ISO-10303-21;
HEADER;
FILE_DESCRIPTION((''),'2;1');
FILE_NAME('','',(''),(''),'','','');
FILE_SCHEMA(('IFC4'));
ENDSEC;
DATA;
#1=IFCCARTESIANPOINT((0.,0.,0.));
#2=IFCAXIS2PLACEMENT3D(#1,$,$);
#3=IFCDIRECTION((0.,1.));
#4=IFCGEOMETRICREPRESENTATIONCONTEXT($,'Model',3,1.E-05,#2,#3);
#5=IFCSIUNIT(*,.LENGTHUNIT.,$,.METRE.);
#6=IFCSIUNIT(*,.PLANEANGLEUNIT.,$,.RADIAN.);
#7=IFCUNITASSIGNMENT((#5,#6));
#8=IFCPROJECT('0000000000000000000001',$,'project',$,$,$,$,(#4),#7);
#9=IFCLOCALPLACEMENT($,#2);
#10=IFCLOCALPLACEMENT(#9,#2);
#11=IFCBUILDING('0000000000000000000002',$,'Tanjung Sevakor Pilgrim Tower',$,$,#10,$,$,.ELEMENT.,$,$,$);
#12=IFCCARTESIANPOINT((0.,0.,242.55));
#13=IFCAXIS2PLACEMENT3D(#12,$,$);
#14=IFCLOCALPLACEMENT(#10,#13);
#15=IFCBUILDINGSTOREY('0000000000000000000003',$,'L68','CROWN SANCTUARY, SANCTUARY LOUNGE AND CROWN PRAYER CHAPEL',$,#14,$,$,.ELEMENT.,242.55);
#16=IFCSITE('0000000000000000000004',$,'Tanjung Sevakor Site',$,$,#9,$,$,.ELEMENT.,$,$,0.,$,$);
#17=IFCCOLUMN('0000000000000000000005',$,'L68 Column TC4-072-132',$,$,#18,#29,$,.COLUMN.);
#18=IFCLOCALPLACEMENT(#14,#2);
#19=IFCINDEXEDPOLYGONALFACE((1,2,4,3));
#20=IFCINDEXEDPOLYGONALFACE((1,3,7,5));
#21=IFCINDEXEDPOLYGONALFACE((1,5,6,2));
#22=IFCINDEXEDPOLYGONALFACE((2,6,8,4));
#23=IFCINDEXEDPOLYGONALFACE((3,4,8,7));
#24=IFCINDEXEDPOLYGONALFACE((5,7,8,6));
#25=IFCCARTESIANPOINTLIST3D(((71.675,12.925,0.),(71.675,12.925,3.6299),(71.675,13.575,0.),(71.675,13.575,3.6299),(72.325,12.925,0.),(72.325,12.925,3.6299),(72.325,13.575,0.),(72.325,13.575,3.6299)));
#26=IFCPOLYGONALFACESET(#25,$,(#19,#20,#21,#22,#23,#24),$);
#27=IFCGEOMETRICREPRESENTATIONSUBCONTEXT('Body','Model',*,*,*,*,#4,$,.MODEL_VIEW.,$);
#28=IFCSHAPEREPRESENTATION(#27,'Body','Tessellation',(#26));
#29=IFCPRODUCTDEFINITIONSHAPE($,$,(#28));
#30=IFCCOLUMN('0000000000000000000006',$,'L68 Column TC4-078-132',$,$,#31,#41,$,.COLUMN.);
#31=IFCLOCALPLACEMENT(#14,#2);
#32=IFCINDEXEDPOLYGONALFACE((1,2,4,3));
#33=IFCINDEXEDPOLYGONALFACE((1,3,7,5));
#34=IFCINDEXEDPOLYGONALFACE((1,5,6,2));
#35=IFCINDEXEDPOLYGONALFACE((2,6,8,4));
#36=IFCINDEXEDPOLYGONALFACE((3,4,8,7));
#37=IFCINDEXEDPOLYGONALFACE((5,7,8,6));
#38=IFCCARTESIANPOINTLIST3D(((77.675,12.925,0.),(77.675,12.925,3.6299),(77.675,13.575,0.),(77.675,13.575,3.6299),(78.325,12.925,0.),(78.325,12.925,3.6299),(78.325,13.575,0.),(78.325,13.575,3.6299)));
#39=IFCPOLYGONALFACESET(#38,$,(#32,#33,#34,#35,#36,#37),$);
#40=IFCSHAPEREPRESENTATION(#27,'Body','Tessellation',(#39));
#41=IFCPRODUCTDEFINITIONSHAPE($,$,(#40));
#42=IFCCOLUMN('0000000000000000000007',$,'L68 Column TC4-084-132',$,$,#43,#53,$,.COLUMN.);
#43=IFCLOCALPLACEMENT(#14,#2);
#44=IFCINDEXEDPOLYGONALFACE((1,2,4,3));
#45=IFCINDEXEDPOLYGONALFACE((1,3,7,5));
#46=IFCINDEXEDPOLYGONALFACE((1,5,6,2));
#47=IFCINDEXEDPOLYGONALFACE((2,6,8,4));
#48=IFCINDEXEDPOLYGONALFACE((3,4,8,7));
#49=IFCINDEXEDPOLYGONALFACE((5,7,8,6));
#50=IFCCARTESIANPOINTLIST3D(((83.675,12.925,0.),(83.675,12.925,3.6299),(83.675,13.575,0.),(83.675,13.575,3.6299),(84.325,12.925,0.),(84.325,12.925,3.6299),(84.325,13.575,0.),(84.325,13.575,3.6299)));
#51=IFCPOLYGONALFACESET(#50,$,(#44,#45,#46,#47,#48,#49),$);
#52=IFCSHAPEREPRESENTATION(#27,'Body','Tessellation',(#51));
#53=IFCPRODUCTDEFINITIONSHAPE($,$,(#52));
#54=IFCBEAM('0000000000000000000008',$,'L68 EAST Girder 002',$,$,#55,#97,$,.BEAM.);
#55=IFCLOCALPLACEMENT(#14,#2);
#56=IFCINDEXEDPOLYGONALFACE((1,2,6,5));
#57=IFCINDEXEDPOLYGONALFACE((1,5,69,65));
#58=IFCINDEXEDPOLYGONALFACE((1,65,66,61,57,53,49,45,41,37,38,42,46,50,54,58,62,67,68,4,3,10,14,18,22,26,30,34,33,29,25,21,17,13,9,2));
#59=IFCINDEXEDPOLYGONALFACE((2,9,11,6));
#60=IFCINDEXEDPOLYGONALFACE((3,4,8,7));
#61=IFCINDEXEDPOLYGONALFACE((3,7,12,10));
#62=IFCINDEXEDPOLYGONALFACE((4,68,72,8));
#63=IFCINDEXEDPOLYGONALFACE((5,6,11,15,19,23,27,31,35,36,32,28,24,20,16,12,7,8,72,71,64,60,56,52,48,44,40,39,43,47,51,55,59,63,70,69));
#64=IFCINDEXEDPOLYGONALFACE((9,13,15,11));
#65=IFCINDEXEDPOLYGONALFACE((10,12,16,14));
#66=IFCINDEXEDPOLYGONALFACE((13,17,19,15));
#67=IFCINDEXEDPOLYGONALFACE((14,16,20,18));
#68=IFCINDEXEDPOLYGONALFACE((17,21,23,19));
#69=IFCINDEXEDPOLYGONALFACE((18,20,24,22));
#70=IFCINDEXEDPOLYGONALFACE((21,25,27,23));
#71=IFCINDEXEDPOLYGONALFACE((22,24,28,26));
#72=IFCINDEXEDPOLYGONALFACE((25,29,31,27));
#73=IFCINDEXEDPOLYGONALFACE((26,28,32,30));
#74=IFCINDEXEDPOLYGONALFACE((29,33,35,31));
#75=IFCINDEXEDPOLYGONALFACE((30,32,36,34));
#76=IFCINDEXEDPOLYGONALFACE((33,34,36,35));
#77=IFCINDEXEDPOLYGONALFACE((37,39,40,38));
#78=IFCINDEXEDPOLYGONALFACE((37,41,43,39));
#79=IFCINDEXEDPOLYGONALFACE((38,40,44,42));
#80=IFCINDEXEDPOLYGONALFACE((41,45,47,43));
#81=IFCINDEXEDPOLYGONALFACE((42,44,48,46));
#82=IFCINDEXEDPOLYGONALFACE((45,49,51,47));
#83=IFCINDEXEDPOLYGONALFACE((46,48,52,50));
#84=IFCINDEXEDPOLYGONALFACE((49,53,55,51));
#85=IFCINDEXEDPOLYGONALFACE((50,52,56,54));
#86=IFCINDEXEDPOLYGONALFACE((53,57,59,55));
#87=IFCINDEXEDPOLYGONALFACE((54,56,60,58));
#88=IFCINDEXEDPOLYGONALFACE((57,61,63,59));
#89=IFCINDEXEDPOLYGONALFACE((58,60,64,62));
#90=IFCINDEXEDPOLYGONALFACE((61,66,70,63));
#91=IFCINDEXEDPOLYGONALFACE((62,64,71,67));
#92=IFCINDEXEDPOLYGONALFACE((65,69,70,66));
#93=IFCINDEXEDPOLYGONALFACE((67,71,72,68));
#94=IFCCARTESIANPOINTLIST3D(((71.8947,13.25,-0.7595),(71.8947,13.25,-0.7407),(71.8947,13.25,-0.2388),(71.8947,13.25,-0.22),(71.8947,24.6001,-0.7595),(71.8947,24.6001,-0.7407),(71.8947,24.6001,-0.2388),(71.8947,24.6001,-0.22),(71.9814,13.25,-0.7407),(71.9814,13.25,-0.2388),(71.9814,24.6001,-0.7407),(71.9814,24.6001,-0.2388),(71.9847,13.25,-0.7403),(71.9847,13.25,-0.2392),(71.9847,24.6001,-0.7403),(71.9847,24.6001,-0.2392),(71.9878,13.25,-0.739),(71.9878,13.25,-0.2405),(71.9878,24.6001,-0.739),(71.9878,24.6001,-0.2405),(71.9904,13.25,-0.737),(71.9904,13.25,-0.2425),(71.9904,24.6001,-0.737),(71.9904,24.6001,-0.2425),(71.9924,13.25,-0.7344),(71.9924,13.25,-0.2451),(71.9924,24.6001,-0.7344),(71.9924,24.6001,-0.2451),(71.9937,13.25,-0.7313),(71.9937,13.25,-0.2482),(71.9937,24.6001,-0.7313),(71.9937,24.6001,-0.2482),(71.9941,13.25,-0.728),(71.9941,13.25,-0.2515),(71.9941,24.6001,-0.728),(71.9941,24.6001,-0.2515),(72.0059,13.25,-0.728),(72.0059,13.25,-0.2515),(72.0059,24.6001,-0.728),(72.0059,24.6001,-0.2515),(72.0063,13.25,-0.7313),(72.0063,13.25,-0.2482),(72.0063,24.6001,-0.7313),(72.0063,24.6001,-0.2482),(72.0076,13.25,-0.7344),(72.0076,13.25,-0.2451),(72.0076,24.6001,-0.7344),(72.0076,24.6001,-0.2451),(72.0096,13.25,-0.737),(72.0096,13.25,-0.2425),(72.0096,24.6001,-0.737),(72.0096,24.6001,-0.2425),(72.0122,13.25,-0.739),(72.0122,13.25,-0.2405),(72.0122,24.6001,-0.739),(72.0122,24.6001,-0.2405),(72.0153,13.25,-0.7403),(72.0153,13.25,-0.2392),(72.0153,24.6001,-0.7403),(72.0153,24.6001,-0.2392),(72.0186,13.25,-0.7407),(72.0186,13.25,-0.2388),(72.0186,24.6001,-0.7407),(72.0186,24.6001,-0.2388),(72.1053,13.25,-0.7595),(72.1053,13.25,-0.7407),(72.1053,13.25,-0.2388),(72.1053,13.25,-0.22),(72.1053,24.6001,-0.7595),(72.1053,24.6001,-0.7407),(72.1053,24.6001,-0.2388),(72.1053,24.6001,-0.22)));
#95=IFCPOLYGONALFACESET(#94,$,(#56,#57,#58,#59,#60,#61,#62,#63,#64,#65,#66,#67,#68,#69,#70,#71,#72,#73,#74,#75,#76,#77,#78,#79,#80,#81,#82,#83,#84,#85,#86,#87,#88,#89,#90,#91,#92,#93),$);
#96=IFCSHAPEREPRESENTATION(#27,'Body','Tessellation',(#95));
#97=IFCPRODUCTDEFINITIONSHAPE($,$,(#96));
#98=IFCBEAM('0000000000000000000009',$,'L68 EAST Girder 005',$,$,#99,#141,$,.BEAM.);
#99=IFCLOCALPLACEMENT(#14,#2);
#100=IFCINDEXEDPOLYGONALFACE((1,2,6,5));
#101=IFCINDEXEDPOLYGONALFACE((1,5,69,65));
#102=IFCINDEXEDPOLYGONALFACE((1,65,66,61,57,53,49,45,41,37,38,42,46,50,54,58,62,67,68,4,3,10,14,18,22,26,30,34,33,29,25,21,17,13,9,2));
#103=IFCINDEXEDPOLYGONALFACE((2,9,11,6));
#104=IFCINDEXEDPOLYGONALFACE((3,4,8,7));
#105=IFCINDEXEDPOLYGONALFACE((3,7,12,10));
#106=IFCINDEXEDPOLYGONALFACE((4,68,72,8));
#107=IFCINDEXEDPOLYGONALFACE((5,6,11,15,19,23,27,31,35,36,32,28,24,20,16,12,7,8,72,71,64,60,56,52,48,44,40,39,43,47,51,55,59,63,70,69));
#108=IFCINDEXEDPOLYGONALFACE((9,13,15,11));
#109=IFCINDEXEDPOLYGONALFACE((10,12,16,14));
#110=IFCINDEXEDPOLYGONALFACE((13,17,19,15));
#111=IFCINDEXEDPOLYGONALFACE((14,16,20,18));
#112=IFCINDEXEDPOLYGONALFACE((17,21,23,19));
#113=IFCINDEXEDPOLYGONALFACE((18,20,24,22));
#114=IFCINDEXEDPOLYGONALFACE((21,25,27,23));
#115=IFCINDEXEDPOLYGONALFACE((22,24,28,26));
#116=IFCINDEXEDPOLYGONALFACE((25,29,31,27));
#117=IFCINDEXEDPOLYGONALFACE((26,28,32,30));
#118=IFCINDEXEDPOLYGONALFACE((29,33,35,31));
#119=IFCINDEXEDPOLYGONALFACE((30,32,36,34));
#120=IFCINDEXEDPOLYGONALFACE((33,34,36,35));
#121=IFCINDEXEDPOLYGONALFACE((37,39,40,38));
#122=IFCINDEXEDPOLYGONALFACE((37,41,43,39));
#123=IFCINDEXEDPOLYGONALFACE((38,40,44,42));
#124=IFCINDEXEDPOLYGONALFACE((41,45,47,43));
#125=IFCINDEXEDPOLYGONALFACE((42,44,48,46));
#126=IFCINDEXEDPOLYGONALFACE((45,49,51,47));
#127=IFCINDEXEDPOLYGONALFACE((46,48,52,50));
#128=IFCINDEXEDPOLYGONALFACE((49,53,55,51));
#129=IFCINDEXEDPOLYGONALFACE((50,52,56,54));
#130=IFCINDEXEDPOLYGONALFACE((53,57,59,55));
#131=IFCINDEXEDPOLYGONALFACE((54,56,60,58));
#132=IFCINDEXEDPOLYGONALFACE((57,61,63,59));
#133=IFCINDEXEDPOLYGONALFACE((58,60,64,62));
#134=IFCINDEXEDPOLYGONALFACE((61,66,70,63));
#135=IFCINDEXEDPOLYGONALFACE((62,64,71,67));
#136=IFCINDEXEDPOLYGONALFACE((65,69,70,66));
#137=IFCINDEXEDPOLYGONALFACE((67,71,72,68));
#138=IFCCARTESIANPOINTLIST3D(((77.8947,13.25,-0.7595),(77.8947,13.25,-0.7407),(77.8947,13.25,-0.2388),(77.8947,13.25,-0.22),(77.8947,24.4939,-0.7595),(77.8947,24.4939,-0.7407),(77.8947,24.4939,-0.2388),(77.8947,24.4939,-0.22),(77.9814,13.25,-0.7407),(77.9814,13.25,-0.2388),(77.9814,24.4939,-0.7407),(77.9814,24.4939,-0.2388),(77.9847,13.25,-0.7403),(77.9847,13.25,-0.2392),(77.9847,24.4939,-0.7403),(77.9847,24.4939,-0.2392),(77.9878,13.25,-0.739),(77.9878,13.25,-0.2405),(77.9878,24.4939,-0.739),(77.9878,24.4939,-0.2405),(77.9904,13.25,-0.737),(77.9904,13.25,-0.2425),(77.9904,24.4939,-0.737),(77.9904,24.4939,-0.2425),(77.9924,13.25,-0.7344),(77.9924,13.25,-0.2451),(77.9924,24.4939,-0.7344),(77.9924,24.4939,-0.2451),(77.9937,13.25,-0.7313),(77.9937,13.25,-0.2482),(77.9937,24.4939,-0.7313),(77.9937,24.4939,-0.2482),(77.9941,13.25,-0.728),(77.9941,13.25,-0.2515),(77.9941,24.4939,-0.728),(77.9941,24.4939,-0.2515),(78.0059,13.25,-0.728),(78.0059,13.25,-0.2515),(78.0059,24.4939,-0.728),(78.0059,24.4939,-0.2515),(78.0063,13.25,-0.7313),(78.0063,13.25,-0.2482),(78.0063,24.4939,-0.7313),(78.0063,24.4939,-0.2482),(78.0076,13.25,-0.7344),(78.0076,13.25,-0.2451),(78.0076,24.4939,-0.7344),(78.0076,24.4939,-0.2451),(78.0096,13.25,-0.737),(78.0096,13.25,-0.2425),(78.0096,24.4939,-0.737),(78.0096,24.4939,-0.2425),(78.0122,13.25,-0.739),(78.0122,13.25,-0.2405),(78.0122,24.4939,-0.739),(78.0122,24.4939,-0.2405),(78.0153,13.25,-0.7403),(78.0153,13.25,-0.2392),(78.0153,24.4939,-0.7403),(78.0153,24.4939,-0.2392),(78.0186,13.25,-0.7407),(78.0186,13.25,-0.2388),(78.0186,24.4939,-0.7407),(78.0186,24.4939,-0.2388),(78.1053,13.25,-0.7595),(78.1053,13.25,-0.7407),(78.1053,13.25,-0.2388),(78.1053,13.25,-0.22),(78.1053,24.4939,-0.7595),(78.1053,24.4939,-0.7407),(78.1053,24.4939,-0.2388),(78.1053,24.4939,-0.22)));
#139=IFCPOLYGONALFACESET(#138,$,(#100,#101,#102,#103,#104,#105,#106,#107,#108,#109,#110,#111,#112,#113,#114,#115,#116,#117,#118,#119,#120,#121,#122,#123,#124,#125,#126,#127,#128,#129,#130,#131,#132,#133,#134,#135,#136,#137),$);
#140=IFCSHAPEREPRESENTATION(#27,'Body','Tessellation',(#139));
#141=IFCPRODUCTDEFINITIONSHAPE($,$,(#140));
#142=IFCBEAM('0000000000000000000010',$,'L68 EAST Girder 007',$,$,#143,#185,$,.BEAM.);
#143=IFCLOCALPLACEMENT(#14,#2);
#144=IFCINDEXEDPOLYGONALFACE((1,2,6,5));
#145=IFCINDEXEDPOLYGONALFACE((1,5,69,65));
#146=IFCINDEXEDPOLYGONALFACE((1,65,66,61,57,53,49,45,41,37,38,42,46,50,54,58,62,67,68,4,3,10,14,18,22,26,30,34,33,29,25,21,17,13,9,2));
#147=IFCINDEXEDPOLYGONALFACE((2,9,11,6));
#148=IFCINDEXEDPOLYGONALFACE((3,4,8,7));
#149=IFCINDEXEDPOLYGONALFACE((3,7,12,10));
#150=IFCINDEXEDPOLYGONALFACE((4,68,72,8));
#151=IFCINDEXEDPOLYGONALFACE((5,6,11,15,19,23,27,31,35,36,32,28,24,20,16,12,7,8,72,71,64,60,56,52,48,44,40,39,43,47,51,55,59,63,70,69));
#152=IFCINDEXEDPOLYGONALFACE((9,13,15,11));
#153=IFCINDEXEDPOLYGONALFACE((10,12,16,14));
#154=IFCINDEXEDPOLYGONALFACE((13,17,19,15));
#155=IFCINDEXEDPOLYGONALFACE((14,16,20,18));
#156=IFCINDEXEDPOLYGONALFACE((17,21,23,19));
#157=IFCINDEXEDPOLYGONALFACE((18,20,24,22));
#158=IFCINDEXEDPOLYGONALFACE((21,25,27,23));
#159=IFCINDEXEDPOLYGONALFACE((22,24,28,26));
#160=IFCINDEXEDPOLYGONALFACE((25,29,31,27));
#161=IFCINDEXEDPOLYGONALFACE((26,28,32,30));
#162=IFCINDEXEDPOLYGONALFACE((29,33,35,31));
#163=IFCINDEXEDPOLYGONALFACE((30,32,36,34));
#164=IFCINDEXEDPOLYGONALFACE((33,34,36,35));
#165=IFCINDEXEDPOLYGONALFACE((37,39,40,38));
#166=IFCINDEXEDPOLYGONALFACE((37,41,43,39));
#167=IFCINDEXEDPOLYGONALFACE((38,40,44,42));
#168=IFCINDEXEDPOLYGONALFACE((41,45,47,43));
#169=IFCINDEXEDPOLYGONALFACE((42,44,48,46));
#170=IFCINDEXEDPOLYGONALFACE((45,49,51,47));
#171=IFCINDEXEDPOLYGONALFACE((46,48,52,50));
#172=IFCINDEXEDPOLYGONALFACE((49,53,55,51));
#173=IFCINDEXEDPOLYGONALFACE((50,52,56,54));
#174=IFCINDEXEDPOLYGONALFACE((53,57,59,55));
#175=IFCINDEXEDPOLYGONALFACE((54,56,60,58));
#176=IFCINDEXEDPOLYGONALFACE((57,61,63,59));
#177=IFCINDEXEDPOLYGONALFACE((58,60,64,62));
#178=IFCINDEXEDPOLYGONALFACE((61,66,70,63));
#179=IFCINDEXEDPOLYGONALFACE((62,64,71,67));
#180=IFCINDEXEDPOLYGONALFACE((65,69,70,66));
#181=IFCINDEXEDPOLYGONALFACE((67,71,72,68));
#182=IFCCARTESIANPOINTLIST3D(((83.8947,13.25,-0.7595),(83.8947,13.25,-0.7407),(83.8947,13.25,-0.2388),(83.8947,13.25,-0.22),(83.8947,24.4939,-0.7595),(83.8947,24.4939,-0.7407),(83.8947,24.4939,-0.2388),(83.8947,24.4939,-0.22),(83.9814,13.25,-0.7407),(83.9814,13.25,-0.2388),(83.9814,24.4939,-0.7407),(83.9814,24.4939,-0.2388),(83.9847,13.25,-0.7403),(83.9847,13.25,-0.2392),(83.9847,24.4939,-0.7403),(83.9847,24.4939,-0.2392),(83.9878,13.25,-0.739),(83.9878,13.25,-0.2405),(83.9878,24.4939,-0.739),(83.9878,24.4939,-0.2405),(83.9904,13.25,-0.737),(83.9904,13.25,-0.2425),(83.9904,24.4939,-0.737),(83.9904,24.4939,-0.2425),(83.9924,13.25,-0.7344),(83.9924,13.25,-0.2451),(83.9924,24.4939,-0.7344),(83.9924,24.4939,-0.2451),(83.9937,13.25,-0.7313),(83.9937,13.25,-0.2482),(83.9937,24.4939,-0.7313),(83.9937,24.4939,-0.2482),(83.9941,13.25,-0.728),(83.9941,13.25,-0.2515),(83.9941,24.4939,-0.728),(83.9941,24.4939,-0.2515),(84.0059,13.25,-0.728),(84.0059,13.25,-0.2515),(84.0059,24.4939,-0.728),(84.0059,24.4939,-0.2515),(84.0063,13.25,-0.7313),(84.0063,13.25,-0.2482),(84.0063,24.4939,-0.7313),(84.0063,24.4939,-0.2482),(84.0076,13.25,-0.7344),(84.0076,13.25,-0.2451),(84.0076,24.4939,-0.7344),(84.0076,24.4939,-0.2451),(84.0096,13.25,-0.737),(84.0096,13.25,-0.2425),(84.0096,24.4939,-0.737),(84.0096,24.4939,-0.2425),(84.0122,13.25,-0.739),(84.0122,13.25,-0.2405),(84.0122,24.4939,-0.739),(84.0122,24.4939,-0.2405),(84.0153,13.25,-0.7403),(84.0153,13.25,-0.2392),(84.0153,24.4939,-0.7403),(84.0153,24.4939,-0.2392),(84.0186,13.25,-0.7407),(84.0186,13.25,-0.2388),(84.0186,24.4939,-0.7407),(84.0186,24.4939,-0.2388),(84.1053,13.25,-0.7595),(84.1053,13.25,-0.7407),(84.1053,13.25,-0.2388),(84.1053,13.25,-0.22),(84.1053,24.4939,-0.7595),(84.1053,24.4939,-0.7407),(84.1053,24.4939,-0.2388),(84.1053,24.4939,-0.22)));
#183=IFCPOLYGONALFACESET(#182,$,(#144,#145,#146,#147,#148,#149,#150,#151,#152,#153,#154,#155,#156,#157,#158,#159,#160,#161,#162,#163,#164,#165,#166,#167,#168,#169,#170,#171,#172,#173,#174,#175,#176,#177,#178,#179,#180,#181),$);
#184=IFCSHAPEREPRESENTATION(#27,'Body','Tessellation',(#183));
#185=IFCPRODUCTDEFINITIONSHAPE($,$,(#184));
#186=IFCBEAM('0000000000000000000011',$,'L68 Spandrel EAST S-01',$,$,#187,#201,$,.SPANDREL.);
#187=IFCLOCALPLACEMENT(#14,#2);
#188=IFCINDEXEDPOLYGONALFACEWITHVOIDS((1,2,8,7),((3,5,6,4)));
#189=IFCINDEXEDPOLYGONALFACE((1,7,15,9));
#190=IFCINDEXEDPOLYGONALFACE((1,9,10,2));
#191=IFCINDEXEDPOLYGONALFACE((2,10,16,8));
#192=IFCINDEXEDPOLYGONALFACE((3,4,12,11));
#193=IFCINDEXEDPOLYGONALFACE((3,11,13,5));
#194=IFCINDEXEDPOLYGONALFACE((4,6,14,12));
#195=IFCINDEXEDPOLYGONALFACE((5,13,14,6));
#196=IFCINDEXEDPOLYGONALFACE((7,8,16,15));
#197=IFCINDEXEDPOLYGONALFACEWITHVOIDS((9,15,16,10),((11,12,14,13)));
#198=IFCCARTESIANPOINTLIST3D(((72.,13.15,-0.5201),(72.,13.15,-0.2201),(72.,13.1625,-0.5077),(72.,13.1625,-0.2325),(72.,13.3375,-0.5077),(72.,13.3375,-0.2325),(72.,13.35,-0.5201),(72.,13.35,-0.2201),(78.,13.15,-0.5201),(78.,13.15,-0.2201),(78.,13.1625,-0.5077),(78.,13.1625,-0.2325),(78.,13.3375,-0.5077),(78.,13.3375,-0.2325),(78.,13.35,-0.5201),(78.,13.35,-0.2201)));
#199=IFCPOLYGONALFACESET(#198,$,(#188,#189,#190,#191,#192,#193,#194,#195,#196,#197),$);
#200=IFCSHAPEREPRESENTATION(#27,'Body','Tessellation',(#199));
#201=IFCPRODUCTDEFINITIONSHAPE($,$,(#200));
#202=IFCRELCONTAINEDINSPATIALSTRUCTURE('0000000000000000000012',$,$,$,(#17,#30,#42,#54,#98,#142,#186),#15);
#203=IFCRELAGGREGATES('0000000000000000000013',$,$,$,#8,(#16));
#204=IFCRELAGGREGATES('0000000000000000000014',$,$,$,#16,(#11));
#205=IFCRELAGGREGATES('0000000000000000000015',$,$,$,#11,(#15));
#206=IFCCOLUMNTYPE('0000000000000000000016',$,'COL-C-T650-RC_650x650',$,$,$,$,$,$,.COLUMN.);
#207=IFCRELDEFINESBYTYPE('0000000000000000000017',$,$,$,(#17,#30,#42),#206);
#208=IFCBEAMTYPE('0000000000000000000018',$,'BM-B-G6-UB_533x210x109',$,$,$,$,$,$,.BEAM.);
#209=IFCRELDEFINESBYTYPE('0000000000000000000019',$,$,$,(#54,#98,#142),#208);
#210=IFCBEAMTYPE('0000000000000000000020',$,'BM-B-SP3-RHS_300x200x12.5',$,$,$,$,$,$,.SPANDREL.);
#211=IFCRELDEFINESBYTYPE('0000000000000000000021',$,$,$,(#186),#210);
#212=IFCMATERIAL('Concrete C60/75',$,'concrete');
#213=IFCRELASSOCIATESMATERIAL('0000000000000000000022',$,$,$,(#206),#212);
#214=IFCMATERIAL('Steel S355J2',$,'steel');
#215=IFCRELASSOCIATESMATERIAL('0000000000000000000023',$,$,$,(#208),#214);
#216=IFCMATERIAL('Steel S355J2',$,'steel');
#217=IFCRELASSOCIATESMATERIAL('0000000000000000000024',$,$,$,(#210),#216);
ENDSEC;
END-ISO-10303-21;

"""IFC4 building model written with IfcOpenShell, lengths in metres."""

from ifc_helpers import new_model, si_unit, direction, frame, origin, origin_2d, place, context, subcontext, project, spatial, rectangle, hollow_rectangle, i_section, extrude, material, material_profile, profile_set, type_object, element, save


model = new_model("IFC4")

# Units and contexts
model_context = context("Model", 3, precision=1e-05, world=origin(), true_north=direction((0.0, 1.0)))
body_context = subcontext(model_context, "Body", "Model", "MODEL_VIEW")
ifc_project = project(units=[si_unit("LENGTHUNIT", "METRE"), si_unit("PLANEANGLEUNIT", "RADIAN")], contexts=[model_context])

# Site, building, storey
site_placement = place(None, origin())
site = spatial("IfcSite", under=ifc_project, at=site_placement, Name="Tanjung Sevakor Site", CompositionType="ELEMENT", RefElevation=0.0)
building_placement = place(site_placement, origin())
building = spatial("IfcBuilding", under=site, at=building_placement, Name="Tanjung Sevakor Pilgrim Tower", CompositionType="ELEMENT")
storey_placement = place(building_placement, frame((0.0, 0.0, 242.55)))
storey = spatial("IfcBuildingStorey", under=building, at=storey_placement, Name="L68", Description="CROWN SANCTUARY, SANCTUARY LOUNGE AND CROWN PRAYER CHAPEL", CompositionType="ELEMENT", Elevation=242.55)

# Columns
ifc_material_1 = material(Name="Concrete C60/75", Category="concrete")
ifc_material_profile_1 = material_profile(ifc_material_1, rectangle(XDim=0.6499, YDim=0.6499, at=origin_2d()))
ifc_profile_set_1 = profile_set([ifc_material_profile_1], Name="Concrete C60/75")
column_type = type_object("IfcColumnType", Name="COL-C-T650-RC_650x650", PredefinedType="COLUMN", material=ifc_profile_set_1)
for number, where, z_axis, x_axis, name in (
    (1, (72.0, 13.25, 0.0), (0.0, 0.0, 1.0), (1.0, 0.0, 0.0), "L68 Column TC4-072-132"),
    (2, (78.0, 13.25, 0.0), (0.0, 0.0, 1.0), (1.0, 0.0, 0.0), "L68 Column TC4-078-132"),
    (3, (84.0, 13.25, 0.0), (0.0, 0.0, 1.0), (1.0, 0.0, 0.0), "L68 Column TC4-084-132"),
):
    element("IfcColumn", number, at=place(storey_placement, frame(where, z_axis=z_axis, x_axis=x_axis)), inside=storey, type_object=column_type, Name=name, PredefinedType="COLUMN", context=body_context, shape_type="SweptSolid", body=[
        extrude(rectangle(XDim=0.6499, YDim=0.6499, at=origin_2d()), origin(), (0.0, 0.0, 1.0), 3.6299),
    ])

# Beams
ifc_material_2 = material(Name="Steel S355J2", Category="steel")
ifc_material_profile_2 = material_profile(ifc_material_2, i_section(OverallWidth=0.2107, OverallDepth=0.5396, WebThickness=0.0117, FlangeThickness=0.0188, FilletRadius=0.0127, at=origin_2d()))
ifc_profile_set_2 = profile_set([ifc_material_profile_2], Name="Steel S355J2")
beam_type_1 = type_object("IfcBeamType", Name="BM-B-G6-UB_533x210x109", PredefinedType="BEAM", material=ifc_profile_set_2)
beam_placement = place(storey_placement, frame((72.0, 13.25, -0.4897), z_axis=(0.0, 1.0, 0.0), x_axis=(-1.0, 0.0, 0.0)))
element("IfcBeam", 4, at=beam_placement, inside=storey, type_object=beam_type_1, Name="L68 EAST Girder 002", PredefinedType="BEAM", context=body_context, shape_type="SweptSolid", body=[
    extrude(i_section(OverallWidth=0.2107, OverallDepth=0.5396, WebThickness=0.0117, FlangeThickness=0.0188, FilletRadius=0.0127, at=origin_2d()), origin(), (0.0, 0.0, 1.0), 11.3501),
])
for number, where, z_axis, x_axis, name in (
    (5, (78.0, 13.25, -0.4897), (0.0, 1.0, 0.0), (-1.0, 0.0, 0.0), "L68 EAST Girder 005"),
    (6, (84.0, 13.25, -0.4897), (0.0, 1.0, 0.0), (-1.0, 0.0, 0.0), "L68 EAST Girder 007"),
):
    element("IfcBeam", number, at=place(storey_placement, frame(where, z_axis=z_axis, x_axis=x_axis)), inside=storey, type_object=beam_type_1, Name=name, PredefinedType="BEAM", context=body_context, shape_type="SweptSolid", body=[
        extrude(i_section(OverallWidth=0.2107, OverallDepth=0.5396, WebThickness=0.0117, FlangeThickness=0.0188, FilletRadius=0.0127, at=origin_2d()), origin(), (0.0, 0.0, 1.0), 11.2439),
    ])
ifc_material_3 = material(Name="Steel S355J2", Category="steel")
ifc_material_profile_3 = material_profile(ifc_material_3, hollow_rectangle(XDim=0.2, YDim=0.3, WallThickness=0.0125, at=origin_2d()))
ifc_profile_set_3 = profile_set([ifc_material_profile_3], Name="Steel S355J2")
beam_type_2 = type_object("IfcBeamType", Name="BM-B-SP3-RHS_300x200x12.5", PredefinedType="SPANDREL", material=ifc_profile_set_3)
for number, where, z_axis, x_axis, name in (
    (7, (72.0, 13.25, -0.3701), (1.0, 0.0, 0.0), (0.0, 1.0, 0.0), "L68 Spandrel EAST S-01"),
):
    element("IfcBeam", number, at=place(storey_placement, frame(where, z_axis=z_axis, x_axis=x_axis)), inside=storey, type_object=beam_type_2, Name=name, PredefinedType="SPANDREL", context=body_context, shape_type="SweptSolid", body=[
        extrude(hollow_rectangle(XDim=0.2, YDim=0.3, WallThickness=0.0125, at=origin_2d()), origin(), (0.0, 0.0, 1.0), 6.0),
    ])

save(model, "model.ifc")
